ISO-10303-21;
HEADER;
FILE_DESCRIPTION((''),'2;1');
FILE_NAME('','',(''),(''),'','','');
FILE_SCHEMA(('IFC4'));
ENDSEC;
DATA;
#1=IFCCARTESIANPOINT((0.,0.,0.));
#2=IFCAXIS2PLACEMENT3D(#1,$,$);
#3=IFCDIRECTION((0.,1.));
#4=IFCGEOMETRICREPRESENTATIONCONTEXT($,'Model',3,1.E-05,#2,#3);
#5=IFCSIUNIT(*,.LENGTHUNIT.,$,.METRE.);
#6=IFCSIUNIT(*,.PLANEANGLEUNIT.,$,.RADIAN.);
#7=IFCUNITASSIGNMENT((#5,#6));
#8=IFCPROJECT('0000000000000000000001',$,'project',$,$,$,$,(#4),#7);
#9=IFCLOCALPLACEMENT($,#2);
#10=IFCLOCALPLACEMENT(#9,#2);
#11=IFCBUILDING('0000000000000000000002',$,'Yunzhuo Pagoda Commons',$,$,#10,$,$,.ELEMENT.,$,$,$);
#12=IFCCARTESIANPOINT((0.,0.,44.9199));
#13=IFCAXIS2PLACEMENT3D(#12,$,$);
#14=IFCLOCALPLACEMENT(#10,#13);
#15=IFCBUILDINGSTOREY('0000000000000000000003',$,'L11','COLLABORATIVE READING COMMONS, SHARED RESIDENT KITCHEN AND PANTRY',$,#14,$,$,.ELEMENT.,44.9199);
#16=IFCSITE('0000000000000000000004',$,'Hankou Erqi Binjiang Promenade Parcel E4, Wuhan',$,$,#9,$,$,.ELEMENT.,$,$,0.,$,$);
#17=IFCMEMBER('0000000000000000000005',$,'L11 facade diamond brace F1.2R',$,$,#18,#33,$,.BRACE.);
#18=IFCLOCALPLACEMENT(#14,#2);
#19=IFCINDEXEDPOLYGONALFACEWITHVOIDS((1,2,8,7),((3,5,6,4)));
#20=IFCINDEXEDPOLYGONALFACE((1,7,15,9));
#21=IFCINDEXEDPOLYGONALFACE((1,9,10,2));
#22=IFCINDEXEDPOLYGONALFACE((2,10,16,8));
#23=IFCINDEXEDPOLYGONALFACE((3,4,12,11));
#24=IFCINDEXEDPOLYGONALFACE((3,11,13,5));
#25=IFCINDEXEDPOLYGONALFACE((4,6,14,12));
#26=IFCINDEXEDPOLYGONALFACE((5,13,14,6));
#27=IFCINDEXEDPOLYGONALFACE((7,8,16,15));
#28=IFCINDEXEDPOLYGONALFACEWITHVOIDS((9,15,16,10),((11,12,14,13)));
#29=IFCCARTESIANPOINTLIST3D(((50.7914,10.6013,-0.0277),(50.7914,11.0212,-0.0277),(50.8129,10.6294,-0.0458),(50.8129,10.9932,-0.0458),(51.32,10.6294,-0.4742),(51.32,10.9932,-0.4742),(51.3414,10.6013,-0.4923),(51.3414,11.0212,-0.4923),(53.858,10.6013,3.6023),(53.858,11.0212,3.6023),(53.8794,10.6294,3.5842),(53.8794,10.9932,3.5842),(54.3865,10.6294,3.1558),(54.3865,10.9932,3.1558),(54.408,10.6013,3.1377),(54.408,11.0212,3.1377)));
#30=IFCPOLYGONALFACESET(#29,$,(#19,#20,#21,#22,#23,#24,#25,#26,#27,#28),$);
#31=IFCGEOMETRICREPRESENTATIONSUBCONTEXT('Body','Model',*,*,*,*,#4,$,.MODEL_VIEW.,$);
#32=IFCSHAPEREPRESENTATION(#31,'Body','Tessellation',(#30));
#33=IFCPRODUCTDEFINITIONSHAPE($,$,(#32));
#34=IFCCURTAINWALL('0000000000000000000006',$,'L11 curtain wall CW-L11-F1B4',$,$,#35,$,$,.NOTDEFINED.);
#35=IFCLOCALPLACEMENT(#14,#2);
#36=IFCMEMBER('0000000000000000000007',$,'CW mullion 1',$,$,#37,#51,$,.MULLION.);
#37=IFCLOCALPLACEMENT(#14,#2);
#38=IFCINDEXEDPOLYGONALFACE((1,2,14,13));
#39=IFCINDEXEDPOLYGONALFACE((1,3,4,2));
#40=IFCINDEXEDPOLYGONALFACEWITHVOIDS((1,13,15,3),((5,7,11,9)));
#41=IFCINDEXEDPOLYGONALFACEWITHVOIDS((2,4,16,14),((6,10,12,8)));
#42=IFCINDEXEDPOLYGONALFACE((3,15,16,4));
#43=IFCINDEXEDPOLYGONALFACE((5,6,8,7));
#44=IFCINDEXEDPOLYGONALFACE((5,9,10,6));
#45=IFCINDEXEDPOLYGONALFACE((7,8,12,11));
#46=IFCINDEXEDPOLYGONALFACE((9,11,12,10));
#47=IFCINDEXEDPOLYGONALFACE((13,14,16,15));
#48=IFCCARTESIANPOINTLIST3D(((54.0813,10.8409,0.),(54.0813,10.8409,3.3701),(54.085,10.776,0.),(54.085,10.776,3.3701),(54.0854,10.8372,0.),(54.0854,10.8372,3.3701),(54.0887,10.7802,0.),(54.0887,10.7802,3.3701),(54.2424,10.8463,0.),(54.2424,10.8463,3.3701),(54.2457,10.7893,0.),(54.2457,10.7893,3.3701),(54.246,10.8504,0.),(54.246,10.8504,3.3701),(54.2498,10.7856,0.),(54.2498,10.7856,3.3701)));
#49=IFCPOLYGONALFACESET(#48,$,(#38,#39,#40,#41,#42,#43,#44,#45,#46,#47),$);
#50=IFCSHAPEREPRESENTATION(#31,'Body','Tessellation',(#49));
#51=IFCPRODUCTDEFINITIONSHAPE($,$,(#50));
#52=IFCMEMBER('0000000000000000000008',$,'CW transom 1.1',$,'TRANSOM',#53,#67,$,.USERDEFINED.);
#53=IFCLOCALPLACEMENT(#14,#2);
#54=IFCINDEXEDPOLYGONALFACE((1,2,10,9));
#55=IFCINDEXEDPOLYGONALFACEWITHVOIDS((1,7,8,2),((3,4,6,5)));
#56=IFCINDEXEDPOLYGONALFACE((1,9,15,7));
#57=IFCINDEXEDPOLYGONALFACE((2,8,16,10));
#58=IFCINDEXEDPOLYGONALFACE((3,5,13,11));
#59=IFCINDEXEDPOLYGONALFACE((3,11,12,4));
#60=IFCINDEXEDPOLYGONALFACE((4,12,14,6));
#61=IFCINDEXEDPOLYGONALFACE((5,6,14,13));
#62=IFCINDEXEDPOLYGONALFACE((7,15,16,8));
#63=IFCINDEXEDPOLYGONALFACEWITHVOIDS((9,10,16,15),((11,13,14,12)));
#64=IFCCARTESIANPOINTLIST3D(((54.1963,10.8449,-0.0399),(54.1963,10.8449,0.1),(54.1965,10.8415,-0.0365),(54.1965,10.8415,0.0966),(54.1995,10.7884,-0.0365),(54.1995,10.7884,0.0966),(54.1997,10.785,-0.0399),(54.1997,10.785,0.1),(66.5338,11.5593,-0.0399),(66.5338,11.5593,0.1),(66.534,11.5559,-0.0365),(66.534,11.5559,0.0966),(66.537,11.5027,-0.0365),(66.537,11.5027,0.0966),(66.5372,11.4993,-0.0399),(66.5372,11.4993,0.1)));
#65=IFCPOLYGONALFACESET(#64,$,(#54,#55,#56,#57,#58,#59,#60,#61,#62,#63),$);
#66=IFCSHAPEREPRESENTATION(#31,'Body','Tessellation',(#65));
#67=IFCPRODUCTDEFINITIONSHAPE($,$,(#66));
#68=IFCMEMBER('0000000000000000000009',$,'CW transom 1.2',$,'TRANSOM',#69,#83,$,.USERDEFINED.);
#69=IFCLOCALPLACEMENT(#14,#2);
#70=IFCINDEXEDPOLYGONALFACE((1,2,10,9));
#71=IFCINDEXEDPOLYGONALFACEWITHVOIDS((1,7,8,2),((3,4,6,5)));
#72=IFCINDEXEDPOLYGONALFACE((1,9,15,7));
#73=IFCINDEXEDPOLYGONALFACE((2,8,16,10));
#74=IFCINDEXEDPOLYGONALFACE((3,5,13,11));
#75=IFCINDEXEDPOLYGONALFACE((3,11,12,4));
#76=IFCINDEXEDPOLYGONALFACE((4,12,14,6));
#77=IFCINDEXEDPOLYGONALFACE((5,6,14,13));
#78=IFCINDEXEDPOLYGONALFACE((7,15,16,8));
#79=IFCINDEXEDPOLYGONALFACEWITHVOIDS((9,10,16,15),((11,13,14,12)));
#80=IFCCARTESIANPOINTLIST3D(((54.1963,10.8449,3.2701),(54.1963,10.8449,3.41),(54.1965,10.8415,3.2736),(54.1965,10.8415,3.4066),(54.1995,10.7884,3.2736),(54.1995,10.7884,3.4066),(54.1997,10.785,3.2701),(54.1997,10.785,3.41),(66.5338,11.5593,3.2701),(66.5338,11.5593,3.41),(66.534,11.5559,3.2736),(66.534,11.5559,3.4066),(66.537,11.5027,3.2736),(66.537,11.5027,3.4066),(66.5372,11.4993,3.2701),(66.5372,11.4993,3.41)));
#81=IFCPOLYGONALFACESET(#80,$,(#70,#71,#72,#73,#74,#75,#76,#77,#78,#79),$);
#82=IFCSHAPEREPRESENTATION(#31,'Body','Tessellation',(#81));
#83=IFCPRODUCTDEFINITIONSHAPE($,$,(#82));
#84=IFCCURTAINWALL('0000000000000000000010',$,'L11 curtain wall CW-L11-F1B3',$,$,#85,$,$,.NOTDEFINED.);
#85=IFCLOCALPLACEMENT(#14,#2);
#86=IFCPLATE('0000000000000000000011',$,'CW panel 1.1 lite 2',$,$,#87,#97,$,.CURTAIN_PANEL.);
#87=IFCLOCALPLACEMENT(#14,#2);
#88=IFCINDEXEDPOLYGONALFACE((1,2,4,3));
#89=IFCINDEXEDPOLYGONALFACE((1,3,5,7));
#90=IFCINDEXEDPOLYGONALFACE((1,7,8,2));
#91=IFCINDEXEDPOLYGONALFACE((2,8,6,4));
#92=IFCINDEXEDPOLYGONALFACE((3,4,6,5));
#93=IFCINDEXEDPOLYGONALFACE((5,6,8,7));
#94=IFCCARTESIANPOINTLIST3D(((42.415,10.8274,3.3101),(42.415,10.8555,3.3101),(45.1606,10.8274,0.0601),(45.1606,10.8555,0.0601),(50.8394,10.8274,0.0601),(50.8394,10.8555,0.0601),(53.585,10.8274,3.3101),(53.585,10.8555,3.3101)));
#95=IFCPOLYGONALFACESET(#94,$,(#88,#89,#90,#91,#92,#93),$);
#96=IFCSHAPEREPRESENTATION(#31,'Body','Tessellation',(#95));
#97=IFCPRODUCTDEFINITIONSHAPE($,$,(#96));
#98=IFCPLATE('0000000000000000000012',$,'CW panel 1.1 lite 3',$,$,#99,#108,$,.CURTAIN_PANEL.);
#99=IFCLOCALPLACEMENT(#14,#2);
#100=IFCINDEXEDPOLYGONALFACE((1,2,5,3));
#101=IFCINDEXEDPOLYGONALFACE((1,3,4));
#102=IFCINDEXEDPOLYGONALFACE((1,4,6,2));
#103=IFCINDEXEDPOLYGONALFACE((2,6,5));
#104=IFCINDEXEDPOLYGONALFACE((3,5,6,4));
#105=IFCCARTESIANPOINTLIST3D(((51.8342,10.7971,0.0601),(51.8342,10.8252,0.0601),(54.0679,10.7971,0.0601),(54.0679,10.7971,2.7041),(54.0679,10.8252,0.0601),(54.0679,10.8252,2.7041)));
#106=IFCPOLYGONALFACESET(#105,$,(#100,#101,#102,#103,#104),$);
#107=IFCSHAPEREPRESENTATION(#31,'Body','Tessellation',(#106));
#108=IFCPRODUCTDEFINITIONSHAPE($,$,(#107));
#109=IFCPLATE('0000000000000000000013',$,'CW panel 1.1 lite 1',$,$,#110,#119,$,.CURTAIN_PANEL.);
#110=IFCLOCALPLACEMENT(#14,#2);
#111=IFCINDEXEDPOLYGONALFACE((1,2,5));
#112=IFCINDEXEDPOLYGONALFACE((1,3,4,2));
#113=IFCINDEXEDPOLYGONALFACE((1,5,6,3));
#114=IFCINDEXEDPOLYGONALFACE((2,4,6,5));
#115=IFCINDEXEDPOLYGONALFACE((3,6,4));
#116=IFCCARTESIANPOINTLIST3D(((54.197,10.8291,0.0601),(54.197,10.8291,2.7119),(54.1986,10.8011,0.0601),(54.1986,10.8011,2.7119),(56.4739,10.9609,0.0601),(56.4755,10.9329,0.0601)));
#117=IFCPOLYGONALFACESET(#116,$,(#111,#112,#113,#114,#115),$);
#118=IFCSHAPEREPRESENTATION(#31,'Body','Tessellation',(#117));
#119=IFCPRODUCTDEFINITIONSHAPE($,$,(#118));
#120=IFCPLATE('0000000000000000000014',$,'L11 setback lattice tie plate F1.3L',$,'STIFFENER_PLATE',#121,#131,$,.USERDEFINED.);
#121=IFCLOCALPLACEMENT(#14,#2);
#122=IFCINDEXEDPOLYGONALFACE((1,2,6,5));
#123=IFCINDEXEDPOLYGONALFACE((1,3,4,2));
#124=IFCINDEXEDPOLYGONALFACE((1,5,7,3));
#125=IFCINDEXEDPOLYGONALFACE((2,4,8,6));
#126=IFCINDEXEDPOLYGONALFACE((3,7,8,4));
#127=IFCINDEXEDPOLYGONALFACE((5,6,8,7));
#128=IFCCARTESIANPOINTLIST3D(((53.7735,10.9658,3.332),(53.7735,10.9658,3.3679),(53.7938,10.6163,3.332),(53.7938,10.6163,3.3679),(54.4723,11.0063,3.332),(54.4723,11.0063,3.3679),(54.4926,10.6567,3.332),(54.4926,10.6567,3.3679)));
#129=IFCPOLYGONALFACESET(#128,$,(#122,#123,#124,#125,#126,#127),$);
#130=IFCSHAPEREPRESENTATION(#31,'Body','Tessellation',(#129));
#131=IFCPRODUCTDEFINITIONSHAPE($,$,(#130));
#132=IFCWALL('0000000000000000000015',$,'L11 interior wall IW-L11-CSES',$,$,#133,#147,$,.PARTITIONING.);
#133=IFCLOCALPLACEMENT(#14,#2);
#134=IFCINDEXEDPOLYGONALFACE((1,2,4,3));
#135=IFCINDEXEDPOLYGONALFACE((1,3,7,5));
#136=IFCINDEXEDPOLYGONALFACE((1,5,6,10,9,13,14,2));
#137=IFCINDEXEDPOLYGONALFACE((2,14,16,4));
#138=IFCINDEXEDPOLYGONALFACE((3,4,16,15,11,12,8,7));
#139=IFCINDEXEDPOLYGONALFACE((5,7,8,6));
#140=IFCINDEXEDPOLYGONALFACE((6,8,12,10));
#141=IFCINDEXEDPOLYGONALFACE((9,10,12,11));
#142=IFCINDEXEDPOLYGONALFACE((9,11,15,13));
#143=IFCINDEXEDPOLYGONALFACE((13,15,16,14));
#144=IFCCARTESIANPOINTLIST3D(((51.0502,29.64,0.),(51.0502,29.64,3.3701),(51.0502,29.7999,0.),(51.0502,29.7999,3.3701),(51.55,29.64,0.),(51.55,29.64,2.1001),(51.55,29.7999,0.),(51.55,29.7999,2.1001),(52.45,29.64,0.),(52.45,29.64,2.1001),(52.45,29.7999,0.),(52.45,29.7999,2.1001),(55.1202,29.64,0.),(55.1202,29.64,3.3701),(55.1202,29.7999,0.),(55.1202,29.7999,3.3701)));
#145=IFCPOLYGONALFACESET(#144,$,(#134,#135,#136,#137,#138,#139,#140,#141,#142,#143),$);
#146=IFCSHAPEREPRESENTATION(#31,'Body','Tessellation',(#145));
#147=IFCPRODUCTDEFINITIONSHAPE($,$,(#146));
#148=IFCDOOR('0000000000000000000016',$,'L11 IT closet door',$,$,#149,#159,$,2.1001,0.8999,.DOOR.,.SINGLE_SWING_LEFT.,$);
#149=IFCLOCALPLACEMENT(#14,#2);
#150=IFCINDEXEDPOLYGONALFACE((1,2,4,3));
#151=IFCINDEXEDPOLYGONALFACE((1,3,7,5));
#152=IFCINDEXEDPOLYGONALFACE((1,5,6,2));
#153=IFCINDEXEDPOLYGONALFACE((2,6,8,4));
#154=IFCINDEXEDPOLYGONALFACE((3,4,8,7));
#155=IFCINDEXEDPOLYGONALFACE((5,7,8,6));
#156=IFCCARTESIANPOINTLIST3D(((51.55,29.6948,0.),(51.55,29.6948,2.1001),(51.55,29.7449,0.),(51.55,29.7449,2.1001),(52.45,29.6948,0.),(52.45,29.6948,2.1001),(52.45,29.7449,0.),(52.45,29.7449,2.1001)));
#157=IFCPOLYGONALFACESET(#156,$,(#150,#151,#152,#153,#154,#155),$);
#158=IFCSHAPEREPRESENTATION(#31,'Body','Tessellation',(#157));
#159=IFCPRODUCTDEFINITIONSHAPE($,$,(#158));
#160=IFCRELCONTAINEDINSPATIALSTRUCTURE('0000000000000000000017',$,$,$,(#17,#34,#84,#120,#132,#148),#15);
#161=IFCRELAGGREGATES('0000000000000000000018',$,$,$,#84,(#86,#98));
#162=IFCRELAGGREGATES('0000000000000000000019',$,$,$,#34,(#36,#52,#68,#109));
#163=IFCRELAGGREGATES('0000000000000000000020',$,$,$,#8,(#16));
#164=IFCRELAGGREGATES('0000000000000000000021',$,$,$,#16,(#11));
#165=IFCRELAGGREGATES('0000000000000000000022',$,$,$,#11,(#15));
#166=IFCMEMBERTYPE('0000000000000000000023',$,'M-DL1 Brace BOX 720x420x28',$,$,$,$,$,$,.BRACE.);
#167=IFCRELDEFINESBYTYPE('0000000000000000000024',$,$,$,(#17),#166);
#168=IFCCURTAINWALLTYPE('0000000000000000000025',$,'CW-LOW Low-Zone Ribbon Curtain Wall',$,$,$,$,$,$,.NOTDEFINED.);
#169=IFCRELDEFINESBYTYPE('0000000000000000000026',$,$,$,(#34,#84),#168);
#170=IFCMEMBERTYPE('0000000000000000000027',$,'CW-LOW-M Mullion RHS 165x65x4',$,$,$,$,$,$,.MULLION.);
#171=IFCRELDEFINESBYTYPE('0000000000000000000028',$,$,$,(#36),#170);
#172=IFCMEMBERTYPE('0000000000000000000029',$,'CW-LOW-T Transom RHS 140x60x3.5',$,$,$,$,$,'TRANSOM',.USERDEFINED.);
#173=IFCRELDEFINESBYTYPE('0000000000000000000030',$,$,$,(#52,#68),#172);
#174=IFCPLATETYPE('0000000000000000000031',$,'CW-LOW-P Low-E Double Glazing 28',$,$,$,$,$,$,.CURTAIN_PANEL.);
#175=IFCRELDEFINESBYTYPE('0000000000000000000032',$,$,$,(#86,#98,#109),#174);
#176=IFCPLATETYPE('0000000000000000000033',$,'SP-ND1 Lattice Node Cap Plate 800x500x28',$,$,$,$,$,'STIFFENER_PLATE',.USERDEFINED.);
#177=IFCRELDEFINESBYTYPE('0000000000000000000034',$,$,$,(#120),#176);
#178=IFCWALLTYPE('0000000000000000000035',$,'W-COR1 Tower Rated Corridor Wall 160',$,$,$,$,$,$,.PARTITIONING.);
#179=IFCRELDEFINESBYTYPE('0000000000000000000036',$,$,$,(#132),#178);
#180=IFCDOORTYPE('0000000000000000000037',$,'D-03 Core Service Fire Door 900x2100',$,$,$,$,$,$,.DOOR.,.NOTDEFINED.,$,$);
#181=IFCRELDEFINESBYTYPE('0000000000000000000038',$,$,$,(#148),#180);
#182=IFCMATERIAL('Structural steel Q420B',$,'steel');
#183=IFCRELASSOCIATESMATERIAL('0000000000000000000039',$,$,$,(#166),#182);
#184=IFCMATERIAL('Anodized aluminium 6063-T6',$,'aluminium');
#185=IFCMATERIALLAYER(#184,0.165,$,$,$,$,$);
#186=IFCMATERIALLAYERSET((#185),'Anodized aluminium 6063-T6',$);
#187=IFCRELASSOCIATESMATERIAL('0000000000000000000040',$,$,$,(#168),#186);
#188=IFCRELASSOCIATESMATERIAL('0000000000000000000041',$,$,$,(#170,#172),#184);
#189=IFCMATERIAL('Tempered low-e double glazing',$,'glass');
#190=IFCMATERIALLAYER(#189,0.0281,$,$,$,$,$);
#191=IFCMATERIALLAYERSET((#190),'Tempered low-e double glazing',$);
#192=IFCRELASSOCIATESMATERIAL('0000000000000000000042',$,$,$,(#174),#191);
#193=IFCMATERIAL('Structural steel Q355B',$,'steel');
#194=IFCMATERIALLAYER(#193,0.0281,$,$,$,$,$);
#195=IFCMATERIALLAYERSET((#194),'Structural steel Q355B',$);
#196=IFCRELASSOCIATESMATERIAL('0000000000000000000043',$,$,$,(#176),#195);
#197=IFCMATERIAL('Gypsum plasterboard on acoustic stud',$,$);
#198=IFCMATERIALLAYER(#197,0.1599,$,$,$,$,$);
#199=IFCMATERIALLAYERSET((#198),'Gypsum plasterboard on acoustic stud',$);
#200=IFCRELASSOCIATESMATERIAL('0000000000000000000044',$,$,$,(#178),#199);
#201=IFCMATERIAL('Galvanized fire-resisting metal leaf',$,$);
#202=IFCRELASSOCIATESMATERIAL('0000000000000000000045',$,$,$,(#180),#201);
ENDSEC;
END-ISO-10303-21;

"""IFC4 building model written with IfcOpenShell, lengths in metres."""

from ifc_helpers import new_model, si_unit, direction, frame, frame_2d, origin, origin_with_axes, origin_2d, place, context, subcontext, project, spatial, polyline, rectangle, hollow_rectangle, outline, extrude, source, transform, mapped, material, layer, layer_set, material_profile, profile_set, type_object, element, fill, aggregate, save


model = new_model("IFC4")

# Units and contexts
model_context = context("Model", 3, precision=1e-05, world=origin(), true_north=direction((0.0, 1.0)))
body_context = subcontext(model_context, "Body", "Model", "MODEL_VIEW")
ifc_project = project(units=[si_unit("LENGTHUNIT", "METRE"), si_unit("PLANEANGLEUNIT", "RADIAN")], contexts=[model_context])

# Site, building, storey
site_placement = place(None, origin())
site = spatial("IfcSite", under=ifc_project, at=site_placement, Name="Hankou Erqi Binjiang Promenade Parcel E4, Wuhan", CompositionType="ELEMENT", RefElevation=0.0)
building_placement = place(site_placement, origin())
building = spatial("IfcBuilding", under=site, at=building_placement, Name="Yunzhuo Pagoda Commons", CompositionType="ELEMENT")
storey_placement = place(building_placement, frame((0.0, 0.0, 44.9199)))
storey = spatial("IfcBuildingStorey", under=building, at=storey_placement, Name="L11", Description="COLLABORATIVE READING COMMONS, SHARED RESIDENT KITCHEN AND PANTRY", CompositionType="ELEMENT", Elevation=44.9199)

# Shared definitions
ifc_material_1 = material(Name="Structural steel Q420B", Category="steel")

# Shared definitions
ifc_material_2 = material(Name="Structural steel Q355B", Category="steel")

# Member
ifc_material_profile_1 = material_profile(ifc_material_1, hollow_rectangle(XDim=0.4199, YDim=0.72, WallThickness=0.0281, at=origin_2d()), Name="Structural steel Q420B")
ifc_profile_set_1 = profile_set([ifc_material_profile_1], Name="Structural steel Q420B")
member_type_1 = type_object("IfcMemberType", Name="M-DL1 Brace BOX 720x420x28", PredefinedType="BRACE", material=ifc_profile_set_1)
shared_shape_1 = source(origin(), body_context, "Body", "SweptSolid", [
    extrude(hollow_rectangle(XDim=0.4199, YDim=0.72, WallThickness=0.0281, at=origin_2d()), origin(), (0.0, 0.0, 1.0), 4.752),
])
member_1_placement = place(storey_placement, frame((51.0664, 10.8113, -0.26), z_axis=(0.645329, 0.0, 0.763904), x_axis=(0.0, 1.0, 0.0)))
element("IfcMember", 1, at=member_1_placement, inside=storey, type_object=member_type_1, Name="L11 facade diamond brace F1.2R", PredefinedType="BRACE", context=body_context, shape_type="MappedRepresentation", body=[
    mapped(shared_shape_1, transform((0.0, 0.0, 0.0), scale=1.0)),
])

# Curtain wall, members
ifc_material_3 = material(Name="Anodized aluminium 6063-T6", Category="aluminium")
ifc_layer_1 = layer(ifc_material_3, 0.165)
ifc_layer_set_1 = layer_set([ifc_layer_1], Name="Anodized aluminium 6063-T6")
curtain_wall_type = type_object("IfcCurtainWallType", Name="CW-LOW Low-Zone Ribbon Curtain Wall", PredefinedType="NOTDEFINED", material=ifc_layer_set_1)
curtain_wall_1_placement = place(storey_placement, origin())
curtain_wall_1 = element("IfcCurtainWall", 2, at=curtain_wall_1_placement, inside=storey, type_object=curtain_wall_type, Name="L11 curtain wall CW-L11-F1B4", PredefinedType="NOTDEFINED")
ifc_material_profile_2 = material_profile(ifc_material_3, hollow_rectangle(XDim=0.0649, YDim=0.165, WallThickness=0.0039, at=origin_2d()), Name="Anodized aluminium 6063-T6")
ifc_profile_set_2 = profile_set([ifc_material_profile_2], Name="Anodized aluminium 6063-T6")
member_type_2 = type_object("IfcMemberType", Name="CW-LOW-M Mullion RHS 165x65x4", PredefinedType="MULLION", material=ifc_profile_set_2)
shared_shape_2 = source(origin(), body_context, "Body", "SweptSolid", [
    extrude(hollow_rectangle(XDim=0.0649, YDim=0.165, WallThickness=0.0039, at=origin_2d()), origin(), (0.0, 0.0, 1.0), 3.3701),
])
member_2_placement = place(storey_placement, frame((54.1655, 10.8132, 0.0), z_axis=(0.0, 0.0, 1.0), x_axis=(-0.057791, 0.998329, 0.0)))
member_2 = element("IfcMember", 3, at=member_2_placement, type_object=member_type_2, Name="CW mullion 1", PredefinedType="MULLION", context=body_context, shape_type="MappedRepresentation", body=[
    mapped(shared_shape_2, transform((0.0, 0.0, 0.0), scale=1.0)),
])
ifc_material_profile_3 = material_profile(ifc_material_3, hollow_rectangle(XDim=0.0601, YDim=0.1399, WallThickness=0.0034, at=origin_2d()), Name="Anodized aluminium 6063-T6")
ifc_profile_set_3 = profile_set([ifc_material_profile_3], Name="Anodized aluminium 6063-T6")
member_type_3 = type_object("IfcMemberType", Name="CW-LOW-T Transom RHS 140x60x3.5", ElementType="TRANSOM", PredefinedType="USERDEFINED", material=ifc_profile_set_3)
shared_shape_3 = source(origin(), body_context, "Body", "SweptSolid", [
    extrude(hollow_rectangle(XDim=0.0601, YDim=0.1399, WallThickness=0.0034, at=origin_2d()), origin(), (0.0, 0.0, 1.0), 12.3582),
])
member_3_placement = place(storey_placement, frame((54.198, 10.8149, 0.03), z_axis=(0.998328, 0.057805, 0.0), x_axis=(-0.057805, 0.998328, 0.0)))
member_3 = element("IfcMember", 4, at=member_3_placement, type_object=member_type_3, Name="CW transom 1.1", ObjectType="TRANSOM", PredefinedType="USERDEFINED", context=body_context, shape_type="MappedRepresentation", body=[
    mapped(shared_shape_3, transform((0.0, 0.0, 0.0), scale=1.0)),
])
member_4_placement = place(storey_placement, frame((54.198, 10.8149, 3.3401), z_axis=(0.998328, 0.057805, 0.0), x_axis=(-0.057805, 0.998328, 0.0)))
member_4 = element("IfcMember", 5, at=member_4_placement, type_object=member_type_3, Name="CW transom 1.2", ObjectType="TRANSOM", PredefinedType="USERDEFINED", context=body_context, shape_type="MappedRepresentation", body=[
    mapped(shared_shape_3, transform((0.0, 0.0, 0.0), scale=1.0)),
])

# Curtain wall, plates
curtain_wall_2_placement = place(storey_placement, origin())
curtain_wall_2 = element("IfcCurtainWall", 6, at=curtain_wall_2_placement, inside=storey, type_object=curtain_wall_type, Name="L11 curtain wall CW-L11-F1B3", PredefinedType="NOTDEFINED")
ifc_material_4 = material(Name="Tempered low-e double glazing", Category="glass")
ifc_layer_2 = layer(ifc_material_4, 0.0281)
ifc_layer_set_2 = layer_set([ifc_layer_2], Name="Tempered low-e double glazing")
plate_type_1 = type_object("IfcPlateType", Name="CW-LOW-P Low-E Double Glazing 28", PredefinedType="CURTAIN_PANEL", material=ifc_layer_set_2)
plate_1_placement = place(storey_placement, frame((48.0, 10.8555, 1.6851), z_axis=(0.0, -1.0, 0.0), x_axis=(1.0, 0.0, 0.0)))
plate_1 = element("IfcPlate", 7, at=plate_1_placement, type_object=plate_type_1, Name="CW panel 1.1 lite 2", PredefinedType="CURTAIN_PANEL", context=body_context, shape_type="SweptSolid", body=[
    extrude(outline(polyline([(-5.585, 1.625), (-2.8394, -1.625), (2.8394, -1.625), (5.585, 1.625), (-5.585, 1.625)])), origin(), (0.0, 0.0, 1.0), 0.0281),
])
plate_2_placement = place(storey_placement, frame((52.9512, 10.8252, 1.3821), z_axis=(0.0, -1.0, 0.0), x_axis=(1.0, 0.0, 0.0)))
plate_2 = element("IfcPlate", 8, at=plate_2_placement, type_object=plate_type_1, Name="CW panel 1.1 lite 3", PredefinedType="CURTAIN_PANEL", context=body_context, shape_type="SweptSolid", body=[
    extrude(outline(polyline([(-1.1169, -1.322), (1.1167, -1.322), (1.1167, 1.322), (-1.1169, -1.322)])), origin(), (0.0, 0.0, 1.0), 0.0281),
])
aggregate(curtain_wall_2, [plate_1, plate_2])

# Plates
plate_3_placement = place(storey_placement, frame((55.3354, 10.895, 1.386), z_axis=(0.057791, -0.998329, 0.0), x_axis=(0.998329, 0.057791, 0.0)))
plate_3 = element("IfcPlate", 9, at=plate_3_placement, type_object=plate_type_1, Name="CW panel 1.1 lite 1", PredefinedType="CURTAIN_PANEL", context=body_context, shape_type="SweptSolid", body=[
    extrude(outline(polyline([(-1.1404, -1.3259), (1.1404, -1.3259), (-1.1404, 1.3259), (-1.1404, -1.3259)])), origin(), (0.0, 0.0, 1.0), 0.0281),
])
aggregate(curtain_wall_1, [member_2, member_3, member_4, plate_3])
ifc_layer_3 = layer(ifc_material_2, 0.0281)
ifc_layer_set_3 = layer_set([ifc_layer_3], Name="Structural steel Q355B")
plate_type_2 = type_object("IfcPlateType", Name="SP-ND1 Lattice Node Cap Plate 800x500x28", ElementType="STIFFENER_PLATE", PredefinedType="USERDEFINED", material=ifc_layer_set_3)
shared_shape_4 = source(origin(), body_context, "Body", "SweptSolid", [
    extrude(rectangle(XDim=0.7, YDim=0.3501, at=origin_2d()), origin(), (0.0, 0.0, 1.0), 0.0359),
])
plate_4_placement = place(storey_placement, frame((54.1331, 10.8113, 3.332), z_axis=(0.0, 0.0, 1.0), x_axis=(0.998329, 0.057791, 0.0)))
element("IfcPlate", 10, at=plate_4_placement, inside=storey, type_object=plate_type_2, Name="L11 setback lattice tie plate F1.3L", ObjectType="STIFFENER_PLATE", PredefinedType="USERDEFINED", context=body_context, shape_type="MappedRepresentation", body=[
    mapped(shared_shape_4, transform((0.0, 0.0, 0.0), scale=1.0)),
])

# Wall, opening, door
ifc_material_5 = material(Name="Gypsum plasterboard on acoustic stud")
ifc_layer_4 = layer(ifc_material_5, 0.1599)
ifc_layer_set_4 = layer_set([ifc_layer_4], Name="Gypsum plasterboard on acoustic stud")
wall_type_1 = type_object("IfcWallType", Name="W-COR1 Tower Rated Corridor Wall 160", PredefinedType="PARTITIONING", material=ifc_layer_set_4)
wall_1_placement = place(storey_placement, frame((51.05, 29.72, 0.0), z_axis=(0.0, 0.0, 1.0), x_axis=(1.0, 0.0, 0.0)))
wall_1 = element("IfcWall", 11, at=wall_1_placement, inside=storey, type_object=wall_type_1, Name="L11 interior wall IW-L11-CSES", PredefinedType="PARTITIONING", context=body_context, shape_type="SweptSolid", body=[
    extrude(rectangle(XDim=4.0701, YDim=0.1599, at=frame_2d((2.0352, 0.0))), origin(), (0.0, 0.0, 1.0), 3.3701),
])
opening_1_placement = place(wall_1_placement, frame((0.5, 0.0, 0.0)))
opening_1 = element("IfcOpeningElement", 12, at=opening_1_placement, cuts=wall_1, PredefinedType="OPENING", context=body_context, shape_type="SweptSolid", body=[
    extrude(rectangle(XDim=0.8999, YDim=2.1001, at=frame_2d((0.45, 1.05))), frame((0.0, 0.0898, 0.0), z_axis=(0.0, -1.0, 0.0), x_axis=(1.0, 0.0, 0.0)), (0.0, 0.0, 1.0), 0.1799),
])
ifc_material_6 = material(Name="Galvanized fire-resisting metal leaf")
door_type_1 = type_object("IfcDoorType", Name="D-03 Core Service Fire Door 900x2100", OperationType="NOTDEFINED", PredefinedType="DOOR", material=ifc_material_6)
shared_shape_5 = source(origin(), body_context, "Body", "SweptSolid", [
    extrude(rectangle(XDim=0.8999, YDim=2.1001, at=frame_2d((0.45, 1.05))), frame((0.0, 0.0249, 0.0), z_axis=(0.0, -1.0, 0.0), x_axis=(1.0, 0.0, 0.0)), (0.0, 0.0, 1.0), 0.05),
])
door_1_placement = place(opening_1_placement, origin_with_axes())
door_1 = element("IfcDoor", 13, at=door_1_placement, inside=storey, type_object=door_type_1, Name="L11 IT closet door", OperationType="SINGLE_SWING_LEFT", OverallHeight=2.1001, OverallWidth=0.8999, PredefinedType="DOOR", context=body_context, shape_type="MappedRepresentation", body=[
    mapped(shared_shape_5, transform((0.0, 0.0, 0.0), scale=1.0)),
])
fill(opening_1, door_1)

save(model, "model.ifc")
